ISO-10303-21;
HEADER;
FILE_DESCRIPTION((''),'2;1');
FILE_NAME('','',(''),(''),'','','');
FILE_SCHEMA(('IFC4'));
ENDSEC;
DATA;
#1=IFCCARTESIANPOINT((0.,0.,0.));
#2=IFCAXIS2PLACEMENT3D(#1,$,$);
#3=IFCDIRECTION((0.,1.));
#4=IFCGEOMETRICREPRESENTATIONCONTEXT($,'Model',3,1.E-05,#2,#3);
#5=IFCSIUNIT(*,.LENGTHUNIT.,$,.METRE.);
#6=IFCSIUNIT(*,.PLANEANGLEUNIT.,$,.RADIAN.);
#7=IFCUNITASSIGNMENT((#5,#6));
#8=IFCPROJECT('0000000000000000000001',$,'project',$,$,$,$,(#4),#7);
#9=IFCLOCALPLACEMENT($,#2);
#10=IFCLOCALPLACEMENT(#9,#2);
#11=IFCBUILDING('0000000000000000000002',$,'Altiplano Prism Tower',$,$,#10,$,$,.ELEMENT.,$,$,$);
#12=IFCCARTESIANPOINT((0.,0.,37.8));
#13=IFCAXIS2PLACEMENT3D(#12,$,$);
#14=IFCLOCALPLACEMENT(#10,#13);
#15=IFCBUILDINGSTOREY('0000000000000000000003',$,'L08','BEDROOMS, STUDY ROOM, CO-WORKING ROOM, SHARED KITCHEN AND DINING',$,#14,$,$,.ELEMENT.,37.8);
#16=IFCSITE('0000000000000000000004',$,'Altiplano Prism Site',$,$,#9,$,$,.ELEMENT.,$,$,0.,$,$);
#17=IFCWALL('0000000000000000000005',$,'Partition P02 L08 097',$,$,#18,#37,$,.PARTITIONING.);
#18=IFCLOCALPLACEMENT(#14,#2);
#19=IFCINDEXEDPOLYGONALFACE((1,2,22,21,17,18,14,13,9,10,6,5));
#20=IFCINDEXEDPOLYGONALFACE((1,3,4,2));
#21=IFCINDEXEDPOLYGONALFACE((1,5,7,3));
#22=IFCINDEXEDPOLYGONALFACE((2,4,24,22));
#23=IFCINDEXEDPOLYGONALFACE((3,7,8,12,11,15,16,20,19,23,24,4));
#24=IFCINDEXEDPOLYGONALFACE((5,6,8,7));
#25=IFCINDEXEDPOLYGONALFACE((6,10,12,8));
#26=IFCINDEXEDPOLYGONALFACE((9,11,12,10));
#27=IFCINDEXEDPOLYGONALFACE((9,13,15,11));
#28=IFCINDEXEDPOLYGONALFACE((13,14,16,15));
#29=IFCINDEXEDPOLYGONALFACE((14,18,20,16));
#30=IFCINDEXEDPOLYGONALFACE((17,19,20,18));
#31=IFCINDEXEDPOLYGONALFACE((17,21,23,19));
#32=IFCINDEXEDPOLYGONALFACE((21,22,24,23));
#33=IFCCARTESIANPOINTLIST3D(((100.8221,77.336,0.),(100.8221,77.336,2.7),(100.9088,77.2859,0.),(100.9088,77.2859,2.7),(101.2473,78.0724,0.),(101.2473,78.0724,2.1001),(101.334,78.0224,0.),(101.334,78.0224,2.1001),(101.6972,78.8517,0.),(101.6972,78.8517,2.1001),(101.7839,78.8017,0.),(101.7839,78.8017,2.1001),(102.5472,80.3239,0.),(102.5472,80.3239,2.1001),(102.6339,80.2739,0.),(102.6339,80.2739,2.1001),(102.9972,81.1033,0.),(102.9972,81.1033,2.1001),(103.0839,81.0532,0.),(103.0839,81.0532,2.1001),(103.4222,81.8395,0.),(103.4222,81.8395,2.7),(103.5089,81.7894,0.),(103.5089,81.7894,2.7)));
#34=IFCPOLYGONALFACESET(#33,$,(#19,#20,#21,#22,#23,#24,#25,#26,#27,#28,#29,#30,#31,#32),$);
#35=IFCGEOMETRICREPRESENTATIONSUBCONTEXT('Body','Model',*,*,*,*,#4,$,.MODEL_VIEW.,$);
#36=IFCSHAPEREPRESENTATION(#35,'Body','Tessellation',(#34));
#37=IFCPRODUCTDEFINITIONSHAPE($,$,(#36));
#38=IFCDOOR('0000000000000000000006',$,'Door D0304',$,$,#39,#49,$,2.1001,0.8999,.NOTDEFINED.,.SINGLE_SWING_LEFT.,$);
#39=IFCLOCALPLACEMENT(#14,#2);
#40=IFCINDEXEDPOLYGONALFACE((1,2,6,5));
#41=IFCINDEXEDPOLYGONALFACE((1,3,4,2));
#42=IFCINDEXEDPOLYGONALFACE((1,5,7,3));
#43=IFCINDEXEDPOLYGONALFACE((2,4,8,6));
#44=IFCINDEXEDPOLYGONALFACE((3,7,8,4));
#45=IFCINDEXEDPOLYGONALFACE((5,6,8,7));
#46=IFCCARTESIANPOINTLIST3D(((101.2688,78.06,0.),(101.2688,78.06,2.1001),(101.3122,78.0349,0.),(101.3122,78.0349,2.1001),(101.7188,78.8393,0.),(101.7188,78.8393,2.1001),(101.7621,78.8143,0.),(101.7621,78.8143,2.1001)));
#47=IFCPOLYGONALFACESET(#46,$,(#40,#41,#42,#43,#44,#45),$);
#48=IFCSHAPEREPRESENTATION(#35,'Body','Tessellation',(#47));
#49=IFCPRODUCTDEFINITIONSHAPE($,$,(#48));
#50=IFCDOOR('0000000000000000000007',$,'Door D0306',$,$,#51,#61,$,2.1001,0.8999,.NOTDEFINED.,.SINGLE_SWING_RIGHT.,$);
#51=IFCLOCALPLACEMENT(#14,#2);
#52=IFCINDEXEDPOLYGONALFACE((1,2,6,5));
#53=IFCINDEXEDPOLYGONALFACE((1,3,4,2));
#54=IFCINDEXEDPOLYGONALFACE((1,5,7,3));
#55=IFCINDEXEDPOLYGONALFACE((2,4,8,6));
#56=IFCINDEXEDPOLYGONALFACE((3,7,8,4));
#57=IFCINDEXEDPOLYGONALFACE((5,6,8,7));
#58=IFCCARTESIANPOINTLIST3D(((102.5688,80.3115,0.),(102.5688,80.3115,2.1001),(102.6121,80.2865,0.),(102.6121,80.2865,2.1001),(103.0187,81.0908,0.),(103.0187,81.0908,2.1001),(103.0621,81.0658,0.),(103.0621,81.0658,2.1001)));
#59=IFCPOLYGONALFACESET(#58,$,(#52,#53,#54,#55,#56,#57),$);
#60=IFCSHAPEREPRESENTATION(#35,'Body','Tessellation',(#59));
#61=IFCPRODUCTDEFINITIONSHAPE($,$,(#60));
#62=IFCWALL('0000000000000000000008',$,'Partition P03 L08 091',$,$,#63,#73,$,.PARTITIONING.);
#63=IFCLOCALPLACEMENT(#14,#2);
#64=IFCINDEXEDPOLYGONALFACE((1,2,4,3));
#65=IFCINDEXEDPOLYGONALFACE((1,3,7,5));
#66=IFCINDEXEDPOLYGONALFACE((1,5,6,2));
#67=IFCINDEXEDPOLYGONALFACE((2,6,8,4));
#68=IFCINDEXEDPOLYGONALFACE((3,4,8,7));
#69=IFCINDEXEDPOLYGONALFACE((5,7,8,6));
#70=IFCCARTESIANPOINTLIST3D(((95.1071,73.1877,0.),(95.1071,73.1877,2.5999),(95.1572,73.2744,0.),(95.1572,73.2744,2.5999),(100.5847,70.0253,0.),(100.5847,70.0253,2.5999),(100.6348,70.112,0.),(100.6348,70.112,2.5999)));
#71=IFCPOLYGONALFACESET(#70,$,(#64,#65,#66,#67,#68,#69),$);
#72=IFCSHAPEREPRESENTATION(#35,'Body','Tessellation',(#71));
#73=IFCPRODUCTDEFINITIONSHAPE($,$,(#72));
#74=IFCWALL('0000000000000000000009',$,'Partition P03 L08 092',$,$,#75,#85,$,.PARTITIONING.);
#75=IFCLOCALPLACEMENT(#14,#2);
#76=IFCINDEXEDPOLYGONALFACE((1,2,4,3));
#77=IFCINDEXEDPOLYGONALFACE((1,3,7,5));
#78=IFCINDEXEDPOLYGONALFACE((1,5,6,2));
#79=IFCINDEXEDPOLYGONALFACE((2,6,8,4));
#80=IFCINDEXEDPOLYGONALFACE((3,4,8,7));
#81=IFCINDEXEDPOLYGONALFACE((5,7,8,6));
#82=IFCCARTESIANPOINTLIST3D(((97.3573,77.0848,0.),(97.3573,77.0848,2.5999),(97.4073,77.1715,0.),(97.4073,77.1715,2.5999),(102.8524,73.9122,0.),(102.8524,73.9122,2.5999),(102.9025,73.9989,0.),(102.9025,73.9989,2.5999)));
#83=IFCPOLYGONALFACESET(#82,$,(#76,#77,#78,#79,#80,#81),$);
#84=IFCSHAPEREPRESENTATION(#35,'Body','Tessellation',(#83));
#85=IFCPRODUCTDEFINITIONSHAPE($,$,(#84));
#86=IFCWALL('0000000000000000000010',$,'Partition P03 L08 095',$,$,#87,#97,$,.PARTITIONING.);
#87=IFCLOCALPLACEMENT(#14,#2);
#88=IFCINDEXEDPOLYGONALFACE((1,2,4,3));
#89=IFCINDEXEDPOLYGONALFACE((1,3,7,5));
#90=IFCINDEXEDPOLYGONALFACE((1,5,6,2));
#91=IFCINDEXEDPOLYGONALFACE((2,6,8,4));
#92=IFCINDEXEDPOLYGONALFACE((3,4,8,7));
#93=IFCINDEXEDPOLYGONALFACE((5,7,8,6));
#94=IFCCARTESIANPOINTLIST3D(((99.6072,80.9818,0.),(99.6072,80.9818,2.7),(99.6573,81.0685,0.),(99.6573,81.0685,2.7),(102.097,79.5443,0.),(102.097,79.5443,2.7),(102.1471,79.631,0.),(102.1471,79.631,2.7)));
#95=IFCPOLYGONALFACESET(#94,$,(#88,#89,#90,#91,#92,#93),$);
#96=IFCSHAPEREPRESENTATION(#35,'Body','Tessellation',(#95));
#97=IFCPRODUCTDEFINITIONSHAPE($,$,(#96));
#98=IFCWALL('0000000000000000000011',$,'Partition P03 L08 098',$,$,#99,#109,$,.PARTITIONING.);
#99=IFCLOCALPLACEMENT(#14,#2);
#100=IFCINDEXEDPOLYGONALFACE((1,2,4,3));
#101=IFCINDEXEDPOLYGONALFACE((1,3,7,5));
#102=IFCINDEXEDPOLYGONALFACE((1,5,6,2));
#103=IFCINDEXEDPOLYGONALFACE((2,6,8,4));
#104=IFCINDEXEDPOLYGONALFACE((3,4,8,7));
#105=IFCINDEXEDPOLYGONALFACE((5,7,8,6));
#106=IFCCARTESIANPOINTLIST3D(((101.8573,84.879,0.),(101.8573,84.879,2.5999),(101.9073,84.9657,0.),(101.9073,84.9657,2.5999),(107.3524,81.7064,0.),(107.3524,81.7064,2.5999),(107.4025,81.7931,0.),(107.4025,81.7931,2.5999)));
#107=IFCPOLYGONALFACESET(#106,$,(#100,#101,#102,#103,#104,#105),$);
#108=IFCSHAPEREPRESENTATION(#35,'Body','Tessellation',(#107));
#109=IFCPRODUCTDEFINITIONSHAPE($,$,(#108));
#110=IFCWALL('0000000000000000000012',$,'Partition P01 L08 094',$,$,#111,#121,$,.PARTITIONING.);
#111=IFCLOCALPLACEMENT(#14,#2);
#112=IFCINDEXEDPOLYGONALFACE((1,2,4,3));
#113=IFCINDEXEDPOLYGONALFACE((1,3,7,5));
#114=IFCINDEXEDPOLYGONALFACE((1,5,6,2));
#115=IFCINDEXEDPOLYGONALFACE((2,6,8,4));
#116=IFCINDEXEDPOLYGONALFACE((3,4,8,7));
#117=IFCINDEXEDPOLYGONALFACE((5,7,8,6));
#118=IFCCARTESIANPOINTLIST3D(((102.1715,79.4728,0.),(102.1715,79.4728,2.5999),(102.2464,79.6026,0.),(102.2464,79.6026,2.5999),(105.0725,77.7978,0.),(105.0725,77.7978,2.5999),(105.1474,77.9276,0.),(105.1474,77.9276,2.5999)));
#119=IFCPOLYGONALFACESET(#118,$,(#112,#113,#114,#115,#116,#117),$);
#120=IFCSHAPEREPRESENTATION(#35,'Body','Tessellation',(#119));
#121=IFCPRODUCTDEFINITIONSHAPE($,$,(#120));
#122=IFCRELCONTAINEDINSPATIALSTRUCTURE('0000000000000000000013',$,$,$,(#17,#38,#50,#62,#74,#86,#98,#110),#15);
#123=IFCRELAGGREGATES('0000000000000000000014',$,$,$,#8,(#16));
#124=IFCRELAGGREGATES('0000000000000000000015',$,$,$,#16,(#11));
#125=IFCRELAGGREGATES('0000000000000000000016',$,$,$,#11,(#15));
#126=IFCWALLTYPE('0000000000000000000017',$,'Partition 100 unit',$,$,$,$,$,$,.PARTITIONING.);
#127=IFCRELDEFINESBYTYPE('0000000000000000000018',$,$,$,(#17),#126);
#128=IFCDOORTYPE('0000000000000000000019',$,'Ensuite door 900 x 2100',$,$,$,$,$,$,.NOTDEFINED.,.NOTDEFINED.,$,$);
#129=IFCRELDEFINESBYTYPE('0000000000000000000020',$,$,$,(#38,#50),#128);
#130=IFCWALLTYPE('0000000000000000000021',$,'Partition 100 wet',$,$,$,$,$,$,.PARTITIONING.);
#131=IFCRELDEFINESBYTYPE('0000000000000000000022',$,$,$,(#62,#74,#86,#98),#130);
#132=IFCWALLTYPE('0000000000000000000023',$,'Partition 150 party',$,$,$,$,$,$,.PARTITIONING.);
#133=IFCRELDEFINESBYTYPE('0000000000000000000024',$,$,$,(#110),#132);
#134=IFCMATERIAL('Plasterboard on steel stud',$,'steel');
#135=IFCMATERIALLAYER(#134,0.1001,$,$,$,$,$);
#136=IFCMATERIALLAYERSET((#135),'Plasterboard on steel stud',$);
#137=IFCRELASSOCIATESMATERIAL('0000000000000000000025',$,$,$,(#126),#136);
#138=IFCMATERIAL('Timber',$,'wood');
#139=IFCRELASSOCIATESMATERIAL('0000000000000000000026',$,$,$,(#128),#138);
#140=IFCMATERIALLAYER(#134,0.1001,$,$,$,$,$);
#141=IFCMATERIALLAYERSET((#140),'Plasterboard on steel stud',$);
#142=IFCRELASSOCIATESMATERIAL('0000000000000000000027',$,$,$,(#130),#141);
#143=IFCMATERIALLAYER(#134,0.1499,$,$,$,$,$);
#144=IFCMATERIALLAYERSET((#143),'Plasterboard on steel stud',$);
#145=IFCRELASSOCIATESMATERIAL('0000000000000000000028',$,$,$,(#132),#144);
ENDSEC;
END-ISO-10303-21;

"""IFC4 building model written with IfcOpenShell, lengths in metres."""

from ifc_helpers import new_model, si_unit, direction, frame, frame_2d, origin, place, context, subcontext, project, spatial, rectangle, extrude, material, layer, layer_set, type_object, element, fill, save


model = new_model("IFC4")

# Units and contexts
model_context = context("Model", 3, precision=1e-05, world=origin(), true_north=direction((0.0, 1.0)))
body_context = subcontext(model_context, "Body", "Model", "MODEL_VIEW")
ifc_project = project(units=[si_unit("LENGTHUNIT", "METRE"), si_unit("PLANEANGLEUNIT", "RADIAN")], contexts=[model_context])

# Site, building, storey
site_placement = place(None, origin())
site = spatial("IfcSite", under=ifc_project, at=site_placement, Name="Altiplano Prism Site", CompositionType="ELEMENT", RefElevation=0.0)
building_placement = place(site_placement, origin())
building = spatial("IfcBuilding", under=site, at=building_placement, Name="Altiplano Prism Tower", CompositionType="ELEMENT")
storey_placement = place(building_placement, frame((0.0, 0.0, 37.8)))
storey = spatial("IfcBuildingStorey", under=building, at=storey_placement, Name="L08", Description="BEDROOMS, STUDY ROOM, CO-WORKING ROOM, SHARED KITCHEN AND DINING", CompositionType="ELEMENT", Elevation=37.8)

# Shared definitions
ifc_material_1 = material(Name="Plasterboard on steel stud", Category="steel")
ifc_layer_1 = layer(ifc_material_1, 0.1001)
ifc_layer_set_1 = layer_set([ifc_layer_1], Name="Plasterboard on steel stud")
wall_type_1 = type_object("IfcWallType", Name="Partition 100 unit", PredefinedType="PARTITIONING", material=ifc_layer_set_1)

# Wall, openings, doors
wall_1_placement = place(storey_placement, frame((103.4656, 81.8145, 0.0), z_axis=(0.0, 0.0, 1.0), x_axis=(-0.500007, -0.866021, 0.0)))
wall_1 = element("IfcWall", 1, at=wall_1_placement, inside=storey, type_object=wall_type_1, Name="Partition P02 L08 097", PredefinedType="PARTITIONING", context=body_context, shape_type="SweptSolid", body=[
    extrude(rectangle(XDim=5.2002, YDim=0.1001, at=frame_2d((2.6001, 0.0))), origin(), (0.0, 0.0, 1.0), 2.7),
])
opening_1_placement = place(wall_1_placement, frame((3.45, 0.0, 0.0)))
opening_1 = element("IfcOpeningElement", 2, at=opening_1_placement, cuts=wall_1, PredefinedType="OPENING", context=body_context, shape_type="SweptSolid", body=[
    extrude(rectangle(XDim=0.8999, YDim=2.1001, at=frame_2d((0.45, 1.05))), frame((0.0, 0.0605, 0.0), z_axis=(0.0, -1.0, 0.0), x_axis=(1.0, 0.0, 0.0)), (0.0, 0.0, 1.0), 0.1211),
])
opening_2_placement = place(wall_1_placement, frame((0.8501, 0.0, 0.0)))
opening_2 = element("IfcOpeningElement", 3, at=opening_2_placement, cuts=wall_1, PredefinedType="OPENING", context=body_context, shape_type="SweptSolid", body=[
    extrude(rectangle(XDim=0.8999, YDim=2.1001, at=frame_2d((0.45, 1.05))), frame((0.0, 0.0605, 0.0), z_axis=(0.0, -1.0, 0.0), x_axis=(1.0, 0.0, 0.0)), (0.0, 0.0, 1.0), 0.1211),
])
ifc_material_2 = material(Name="Timber", Category="wood")
door_type = type_object("IfcDoorType", Name="Ensuite door 900 x 2100", OperationType="NOTDEFINED", PredefinedType="NOTDEFINED", material=ifc_material_2)
door_1_placement = place(opening_1_placement, origin())
door_1 = element("IfcDoor", 4, at=door_1_placement, inside=storey, type_object=door_type, Name="Door D0304", OperationType="SINGLE_SWING_LEFT", OverallHeight=2.1001, OverallWidth=0.8999, PredefinedType="NOTDEFINED", context=body_context, shape_type="SweptSolid", body=[
    extrude(rectangle(XDim=0.8999, YDim=2.1001, at=frame_2d((0.45, 1.05))), frame((0.0, 0.0249, 0.0), z_axis=(0.0, -1.0, 0.0), x_axis=(1.0, 0.0, 0.0)), (0.0, 0.0, 1.0), 0.05),
])
fill(opening_1, door_1)
door_2_placement = place(opening_2_placement, origin())
door_2 = element("IfcDoor", 5, at=door_2_placement, inside=storey, type_object=door_type, Name="Door D0306", OperationType="SINGLE_SWING_RIGHT", OverallHeight=2.1001, OverallWidth=0.8999, PredefinedType="NOTDEFINED", context=body_context, shape_type="SweptSolid", body=[
    extrude(rectangle(XDim=0.8999, YDim=2.1001, at=frame_2d((0.45, 1.05))), frame((0.0, 0.0249, 0.0), z_axis=(0.0, -1.0, 0.0), x_axis=(1.0, 0.0, 0.0)), (0.0, 0.0, 1.0), 0.05),
])
fill(opening_2, door_2)

# Walls
ifc_layer_2 = layer(ifc_material_1, 0.1001)
ifc_layer_set_2 = layer_set([ifc_layer_2], Name="Plasterboard on steel stud")
wall_type_2 = type_object("IfcWallType", Name="Partition 100 wet", PredefinedType="PARTITIONING", material=ifc_layer_set_2)
wall_2_placement = place(storey_placement, frame((100.6099, 70.0686, 0.0), z_axis=(0.0, 0.0, 1.0), x_axis=(-0.866033, 0.499988, 0.0)))
element("IfcWall", 6, at=wall_2_placement, inside=storey, type_object=wall_type_2, Name="Partition P03 L08 091", PredefinedType="PARTITIONING", context=body_context, shape_type="SweptSolid", body=[
    extrude(rectangle(XDim=6.325, YDim=0.1001, at=frame_2d((3.1626, 0.0))), origin(), (0.0, 0.0, 1.0), 2.5999),
])
wall_3_placement = place(storey_placement, frame((102.8774, 73.9556, 0.0), z_axis=(0.0, 0.0, 1.0), x_axis=(-0.866025, 0.5, 0.0)))
element("IfcWall", 7, at=wall_3_placement, inside=storey, type_object=wall_type_2, Name="Partition P03 L08 092", PredefinedType="PARTITIONING", context=body_context, shape_type="SweptSolid", body=[
    extrude(rectangle(XDim=6.3452, YDim=0.1001, at=frame_2d((3.1726, 0.0))), origin(), (0.0, 0.0, 1.0), 2.5999),
])
wall_4_placement = place(storey_placement, frame((102.1221, 79.5876, 0.0), z_axis=(0.0, 0.0, 1.0), x_axis=(-0.866019, 0.500012, 0.0)))
element("IfcWall", 8, at=wall_4_placement, inside=storey, type_object=wall_type_2, Name="Partition P03 L08 095", PredefinedType="PARTITIONING", context=body_context, shape_type="SweptSolid", body=[
    extrude(rectangle(XDim=2.875, YDim=0.1001, at=frame_2d((1.4375, 0.0))), origin(), (0.0, 0.0, 1.0), 2.7),
])
wall_5_placement = place(storey_placement, frame((107.3774, 81.7498, 0.0), z_axis=(0.0, 0.0, 1.0), x_axis=(-0.866025, 0.5, 0.0)))
element("IfcWall", 9, at=wall_5_placement, inside=storey, type_object=wall_type_2, Name="Partition P03 L08 098", PredefinedType="PARTITIONING", context=body_context, shape_type="SweptSolid", body=[
    extrude(rectangle(XDim=6.3452, YDim=0.1001, at=frame_2d((3.1726, 0.0))), origin(), (0.0, 0.0, 1.0), 2.5999),
])
ifc_layer_3 = layer(ifc_material_1, 0.1499)
ifc_layer_set_3 = layer_set([ifc_layer_3], Name="Plasterboard on steel stud")
wall_type_3 = type_object("IfcWallType", Name="Partition 150 party", PredefinedType="PARTITIONING", material=ifc_layer_set_3)
wall_6_placement = place(storey_placement, frame((105.1099, 77.8628, 0.0), z_axis=(0.0, 0.0, 1.0), x_axis=(-0.866014, 0.500019, 0.0)))
element("IfcWall", 10, at=wall_6_placement, inside=storey, type_object=wall_type_3, Name="Partition P01 L08 094", PredefinedType="PARTITIONING", context=body_context, shape_type="SweptSolid", body=[
    extrude(rectangle(XDim=3.3499, YDim=0.1499, at=frame_2d((1.6748, 0.0))), origin(), (0.0, 0.0, 1.0), 2.5999),
])

save(model, "model.ifc")
